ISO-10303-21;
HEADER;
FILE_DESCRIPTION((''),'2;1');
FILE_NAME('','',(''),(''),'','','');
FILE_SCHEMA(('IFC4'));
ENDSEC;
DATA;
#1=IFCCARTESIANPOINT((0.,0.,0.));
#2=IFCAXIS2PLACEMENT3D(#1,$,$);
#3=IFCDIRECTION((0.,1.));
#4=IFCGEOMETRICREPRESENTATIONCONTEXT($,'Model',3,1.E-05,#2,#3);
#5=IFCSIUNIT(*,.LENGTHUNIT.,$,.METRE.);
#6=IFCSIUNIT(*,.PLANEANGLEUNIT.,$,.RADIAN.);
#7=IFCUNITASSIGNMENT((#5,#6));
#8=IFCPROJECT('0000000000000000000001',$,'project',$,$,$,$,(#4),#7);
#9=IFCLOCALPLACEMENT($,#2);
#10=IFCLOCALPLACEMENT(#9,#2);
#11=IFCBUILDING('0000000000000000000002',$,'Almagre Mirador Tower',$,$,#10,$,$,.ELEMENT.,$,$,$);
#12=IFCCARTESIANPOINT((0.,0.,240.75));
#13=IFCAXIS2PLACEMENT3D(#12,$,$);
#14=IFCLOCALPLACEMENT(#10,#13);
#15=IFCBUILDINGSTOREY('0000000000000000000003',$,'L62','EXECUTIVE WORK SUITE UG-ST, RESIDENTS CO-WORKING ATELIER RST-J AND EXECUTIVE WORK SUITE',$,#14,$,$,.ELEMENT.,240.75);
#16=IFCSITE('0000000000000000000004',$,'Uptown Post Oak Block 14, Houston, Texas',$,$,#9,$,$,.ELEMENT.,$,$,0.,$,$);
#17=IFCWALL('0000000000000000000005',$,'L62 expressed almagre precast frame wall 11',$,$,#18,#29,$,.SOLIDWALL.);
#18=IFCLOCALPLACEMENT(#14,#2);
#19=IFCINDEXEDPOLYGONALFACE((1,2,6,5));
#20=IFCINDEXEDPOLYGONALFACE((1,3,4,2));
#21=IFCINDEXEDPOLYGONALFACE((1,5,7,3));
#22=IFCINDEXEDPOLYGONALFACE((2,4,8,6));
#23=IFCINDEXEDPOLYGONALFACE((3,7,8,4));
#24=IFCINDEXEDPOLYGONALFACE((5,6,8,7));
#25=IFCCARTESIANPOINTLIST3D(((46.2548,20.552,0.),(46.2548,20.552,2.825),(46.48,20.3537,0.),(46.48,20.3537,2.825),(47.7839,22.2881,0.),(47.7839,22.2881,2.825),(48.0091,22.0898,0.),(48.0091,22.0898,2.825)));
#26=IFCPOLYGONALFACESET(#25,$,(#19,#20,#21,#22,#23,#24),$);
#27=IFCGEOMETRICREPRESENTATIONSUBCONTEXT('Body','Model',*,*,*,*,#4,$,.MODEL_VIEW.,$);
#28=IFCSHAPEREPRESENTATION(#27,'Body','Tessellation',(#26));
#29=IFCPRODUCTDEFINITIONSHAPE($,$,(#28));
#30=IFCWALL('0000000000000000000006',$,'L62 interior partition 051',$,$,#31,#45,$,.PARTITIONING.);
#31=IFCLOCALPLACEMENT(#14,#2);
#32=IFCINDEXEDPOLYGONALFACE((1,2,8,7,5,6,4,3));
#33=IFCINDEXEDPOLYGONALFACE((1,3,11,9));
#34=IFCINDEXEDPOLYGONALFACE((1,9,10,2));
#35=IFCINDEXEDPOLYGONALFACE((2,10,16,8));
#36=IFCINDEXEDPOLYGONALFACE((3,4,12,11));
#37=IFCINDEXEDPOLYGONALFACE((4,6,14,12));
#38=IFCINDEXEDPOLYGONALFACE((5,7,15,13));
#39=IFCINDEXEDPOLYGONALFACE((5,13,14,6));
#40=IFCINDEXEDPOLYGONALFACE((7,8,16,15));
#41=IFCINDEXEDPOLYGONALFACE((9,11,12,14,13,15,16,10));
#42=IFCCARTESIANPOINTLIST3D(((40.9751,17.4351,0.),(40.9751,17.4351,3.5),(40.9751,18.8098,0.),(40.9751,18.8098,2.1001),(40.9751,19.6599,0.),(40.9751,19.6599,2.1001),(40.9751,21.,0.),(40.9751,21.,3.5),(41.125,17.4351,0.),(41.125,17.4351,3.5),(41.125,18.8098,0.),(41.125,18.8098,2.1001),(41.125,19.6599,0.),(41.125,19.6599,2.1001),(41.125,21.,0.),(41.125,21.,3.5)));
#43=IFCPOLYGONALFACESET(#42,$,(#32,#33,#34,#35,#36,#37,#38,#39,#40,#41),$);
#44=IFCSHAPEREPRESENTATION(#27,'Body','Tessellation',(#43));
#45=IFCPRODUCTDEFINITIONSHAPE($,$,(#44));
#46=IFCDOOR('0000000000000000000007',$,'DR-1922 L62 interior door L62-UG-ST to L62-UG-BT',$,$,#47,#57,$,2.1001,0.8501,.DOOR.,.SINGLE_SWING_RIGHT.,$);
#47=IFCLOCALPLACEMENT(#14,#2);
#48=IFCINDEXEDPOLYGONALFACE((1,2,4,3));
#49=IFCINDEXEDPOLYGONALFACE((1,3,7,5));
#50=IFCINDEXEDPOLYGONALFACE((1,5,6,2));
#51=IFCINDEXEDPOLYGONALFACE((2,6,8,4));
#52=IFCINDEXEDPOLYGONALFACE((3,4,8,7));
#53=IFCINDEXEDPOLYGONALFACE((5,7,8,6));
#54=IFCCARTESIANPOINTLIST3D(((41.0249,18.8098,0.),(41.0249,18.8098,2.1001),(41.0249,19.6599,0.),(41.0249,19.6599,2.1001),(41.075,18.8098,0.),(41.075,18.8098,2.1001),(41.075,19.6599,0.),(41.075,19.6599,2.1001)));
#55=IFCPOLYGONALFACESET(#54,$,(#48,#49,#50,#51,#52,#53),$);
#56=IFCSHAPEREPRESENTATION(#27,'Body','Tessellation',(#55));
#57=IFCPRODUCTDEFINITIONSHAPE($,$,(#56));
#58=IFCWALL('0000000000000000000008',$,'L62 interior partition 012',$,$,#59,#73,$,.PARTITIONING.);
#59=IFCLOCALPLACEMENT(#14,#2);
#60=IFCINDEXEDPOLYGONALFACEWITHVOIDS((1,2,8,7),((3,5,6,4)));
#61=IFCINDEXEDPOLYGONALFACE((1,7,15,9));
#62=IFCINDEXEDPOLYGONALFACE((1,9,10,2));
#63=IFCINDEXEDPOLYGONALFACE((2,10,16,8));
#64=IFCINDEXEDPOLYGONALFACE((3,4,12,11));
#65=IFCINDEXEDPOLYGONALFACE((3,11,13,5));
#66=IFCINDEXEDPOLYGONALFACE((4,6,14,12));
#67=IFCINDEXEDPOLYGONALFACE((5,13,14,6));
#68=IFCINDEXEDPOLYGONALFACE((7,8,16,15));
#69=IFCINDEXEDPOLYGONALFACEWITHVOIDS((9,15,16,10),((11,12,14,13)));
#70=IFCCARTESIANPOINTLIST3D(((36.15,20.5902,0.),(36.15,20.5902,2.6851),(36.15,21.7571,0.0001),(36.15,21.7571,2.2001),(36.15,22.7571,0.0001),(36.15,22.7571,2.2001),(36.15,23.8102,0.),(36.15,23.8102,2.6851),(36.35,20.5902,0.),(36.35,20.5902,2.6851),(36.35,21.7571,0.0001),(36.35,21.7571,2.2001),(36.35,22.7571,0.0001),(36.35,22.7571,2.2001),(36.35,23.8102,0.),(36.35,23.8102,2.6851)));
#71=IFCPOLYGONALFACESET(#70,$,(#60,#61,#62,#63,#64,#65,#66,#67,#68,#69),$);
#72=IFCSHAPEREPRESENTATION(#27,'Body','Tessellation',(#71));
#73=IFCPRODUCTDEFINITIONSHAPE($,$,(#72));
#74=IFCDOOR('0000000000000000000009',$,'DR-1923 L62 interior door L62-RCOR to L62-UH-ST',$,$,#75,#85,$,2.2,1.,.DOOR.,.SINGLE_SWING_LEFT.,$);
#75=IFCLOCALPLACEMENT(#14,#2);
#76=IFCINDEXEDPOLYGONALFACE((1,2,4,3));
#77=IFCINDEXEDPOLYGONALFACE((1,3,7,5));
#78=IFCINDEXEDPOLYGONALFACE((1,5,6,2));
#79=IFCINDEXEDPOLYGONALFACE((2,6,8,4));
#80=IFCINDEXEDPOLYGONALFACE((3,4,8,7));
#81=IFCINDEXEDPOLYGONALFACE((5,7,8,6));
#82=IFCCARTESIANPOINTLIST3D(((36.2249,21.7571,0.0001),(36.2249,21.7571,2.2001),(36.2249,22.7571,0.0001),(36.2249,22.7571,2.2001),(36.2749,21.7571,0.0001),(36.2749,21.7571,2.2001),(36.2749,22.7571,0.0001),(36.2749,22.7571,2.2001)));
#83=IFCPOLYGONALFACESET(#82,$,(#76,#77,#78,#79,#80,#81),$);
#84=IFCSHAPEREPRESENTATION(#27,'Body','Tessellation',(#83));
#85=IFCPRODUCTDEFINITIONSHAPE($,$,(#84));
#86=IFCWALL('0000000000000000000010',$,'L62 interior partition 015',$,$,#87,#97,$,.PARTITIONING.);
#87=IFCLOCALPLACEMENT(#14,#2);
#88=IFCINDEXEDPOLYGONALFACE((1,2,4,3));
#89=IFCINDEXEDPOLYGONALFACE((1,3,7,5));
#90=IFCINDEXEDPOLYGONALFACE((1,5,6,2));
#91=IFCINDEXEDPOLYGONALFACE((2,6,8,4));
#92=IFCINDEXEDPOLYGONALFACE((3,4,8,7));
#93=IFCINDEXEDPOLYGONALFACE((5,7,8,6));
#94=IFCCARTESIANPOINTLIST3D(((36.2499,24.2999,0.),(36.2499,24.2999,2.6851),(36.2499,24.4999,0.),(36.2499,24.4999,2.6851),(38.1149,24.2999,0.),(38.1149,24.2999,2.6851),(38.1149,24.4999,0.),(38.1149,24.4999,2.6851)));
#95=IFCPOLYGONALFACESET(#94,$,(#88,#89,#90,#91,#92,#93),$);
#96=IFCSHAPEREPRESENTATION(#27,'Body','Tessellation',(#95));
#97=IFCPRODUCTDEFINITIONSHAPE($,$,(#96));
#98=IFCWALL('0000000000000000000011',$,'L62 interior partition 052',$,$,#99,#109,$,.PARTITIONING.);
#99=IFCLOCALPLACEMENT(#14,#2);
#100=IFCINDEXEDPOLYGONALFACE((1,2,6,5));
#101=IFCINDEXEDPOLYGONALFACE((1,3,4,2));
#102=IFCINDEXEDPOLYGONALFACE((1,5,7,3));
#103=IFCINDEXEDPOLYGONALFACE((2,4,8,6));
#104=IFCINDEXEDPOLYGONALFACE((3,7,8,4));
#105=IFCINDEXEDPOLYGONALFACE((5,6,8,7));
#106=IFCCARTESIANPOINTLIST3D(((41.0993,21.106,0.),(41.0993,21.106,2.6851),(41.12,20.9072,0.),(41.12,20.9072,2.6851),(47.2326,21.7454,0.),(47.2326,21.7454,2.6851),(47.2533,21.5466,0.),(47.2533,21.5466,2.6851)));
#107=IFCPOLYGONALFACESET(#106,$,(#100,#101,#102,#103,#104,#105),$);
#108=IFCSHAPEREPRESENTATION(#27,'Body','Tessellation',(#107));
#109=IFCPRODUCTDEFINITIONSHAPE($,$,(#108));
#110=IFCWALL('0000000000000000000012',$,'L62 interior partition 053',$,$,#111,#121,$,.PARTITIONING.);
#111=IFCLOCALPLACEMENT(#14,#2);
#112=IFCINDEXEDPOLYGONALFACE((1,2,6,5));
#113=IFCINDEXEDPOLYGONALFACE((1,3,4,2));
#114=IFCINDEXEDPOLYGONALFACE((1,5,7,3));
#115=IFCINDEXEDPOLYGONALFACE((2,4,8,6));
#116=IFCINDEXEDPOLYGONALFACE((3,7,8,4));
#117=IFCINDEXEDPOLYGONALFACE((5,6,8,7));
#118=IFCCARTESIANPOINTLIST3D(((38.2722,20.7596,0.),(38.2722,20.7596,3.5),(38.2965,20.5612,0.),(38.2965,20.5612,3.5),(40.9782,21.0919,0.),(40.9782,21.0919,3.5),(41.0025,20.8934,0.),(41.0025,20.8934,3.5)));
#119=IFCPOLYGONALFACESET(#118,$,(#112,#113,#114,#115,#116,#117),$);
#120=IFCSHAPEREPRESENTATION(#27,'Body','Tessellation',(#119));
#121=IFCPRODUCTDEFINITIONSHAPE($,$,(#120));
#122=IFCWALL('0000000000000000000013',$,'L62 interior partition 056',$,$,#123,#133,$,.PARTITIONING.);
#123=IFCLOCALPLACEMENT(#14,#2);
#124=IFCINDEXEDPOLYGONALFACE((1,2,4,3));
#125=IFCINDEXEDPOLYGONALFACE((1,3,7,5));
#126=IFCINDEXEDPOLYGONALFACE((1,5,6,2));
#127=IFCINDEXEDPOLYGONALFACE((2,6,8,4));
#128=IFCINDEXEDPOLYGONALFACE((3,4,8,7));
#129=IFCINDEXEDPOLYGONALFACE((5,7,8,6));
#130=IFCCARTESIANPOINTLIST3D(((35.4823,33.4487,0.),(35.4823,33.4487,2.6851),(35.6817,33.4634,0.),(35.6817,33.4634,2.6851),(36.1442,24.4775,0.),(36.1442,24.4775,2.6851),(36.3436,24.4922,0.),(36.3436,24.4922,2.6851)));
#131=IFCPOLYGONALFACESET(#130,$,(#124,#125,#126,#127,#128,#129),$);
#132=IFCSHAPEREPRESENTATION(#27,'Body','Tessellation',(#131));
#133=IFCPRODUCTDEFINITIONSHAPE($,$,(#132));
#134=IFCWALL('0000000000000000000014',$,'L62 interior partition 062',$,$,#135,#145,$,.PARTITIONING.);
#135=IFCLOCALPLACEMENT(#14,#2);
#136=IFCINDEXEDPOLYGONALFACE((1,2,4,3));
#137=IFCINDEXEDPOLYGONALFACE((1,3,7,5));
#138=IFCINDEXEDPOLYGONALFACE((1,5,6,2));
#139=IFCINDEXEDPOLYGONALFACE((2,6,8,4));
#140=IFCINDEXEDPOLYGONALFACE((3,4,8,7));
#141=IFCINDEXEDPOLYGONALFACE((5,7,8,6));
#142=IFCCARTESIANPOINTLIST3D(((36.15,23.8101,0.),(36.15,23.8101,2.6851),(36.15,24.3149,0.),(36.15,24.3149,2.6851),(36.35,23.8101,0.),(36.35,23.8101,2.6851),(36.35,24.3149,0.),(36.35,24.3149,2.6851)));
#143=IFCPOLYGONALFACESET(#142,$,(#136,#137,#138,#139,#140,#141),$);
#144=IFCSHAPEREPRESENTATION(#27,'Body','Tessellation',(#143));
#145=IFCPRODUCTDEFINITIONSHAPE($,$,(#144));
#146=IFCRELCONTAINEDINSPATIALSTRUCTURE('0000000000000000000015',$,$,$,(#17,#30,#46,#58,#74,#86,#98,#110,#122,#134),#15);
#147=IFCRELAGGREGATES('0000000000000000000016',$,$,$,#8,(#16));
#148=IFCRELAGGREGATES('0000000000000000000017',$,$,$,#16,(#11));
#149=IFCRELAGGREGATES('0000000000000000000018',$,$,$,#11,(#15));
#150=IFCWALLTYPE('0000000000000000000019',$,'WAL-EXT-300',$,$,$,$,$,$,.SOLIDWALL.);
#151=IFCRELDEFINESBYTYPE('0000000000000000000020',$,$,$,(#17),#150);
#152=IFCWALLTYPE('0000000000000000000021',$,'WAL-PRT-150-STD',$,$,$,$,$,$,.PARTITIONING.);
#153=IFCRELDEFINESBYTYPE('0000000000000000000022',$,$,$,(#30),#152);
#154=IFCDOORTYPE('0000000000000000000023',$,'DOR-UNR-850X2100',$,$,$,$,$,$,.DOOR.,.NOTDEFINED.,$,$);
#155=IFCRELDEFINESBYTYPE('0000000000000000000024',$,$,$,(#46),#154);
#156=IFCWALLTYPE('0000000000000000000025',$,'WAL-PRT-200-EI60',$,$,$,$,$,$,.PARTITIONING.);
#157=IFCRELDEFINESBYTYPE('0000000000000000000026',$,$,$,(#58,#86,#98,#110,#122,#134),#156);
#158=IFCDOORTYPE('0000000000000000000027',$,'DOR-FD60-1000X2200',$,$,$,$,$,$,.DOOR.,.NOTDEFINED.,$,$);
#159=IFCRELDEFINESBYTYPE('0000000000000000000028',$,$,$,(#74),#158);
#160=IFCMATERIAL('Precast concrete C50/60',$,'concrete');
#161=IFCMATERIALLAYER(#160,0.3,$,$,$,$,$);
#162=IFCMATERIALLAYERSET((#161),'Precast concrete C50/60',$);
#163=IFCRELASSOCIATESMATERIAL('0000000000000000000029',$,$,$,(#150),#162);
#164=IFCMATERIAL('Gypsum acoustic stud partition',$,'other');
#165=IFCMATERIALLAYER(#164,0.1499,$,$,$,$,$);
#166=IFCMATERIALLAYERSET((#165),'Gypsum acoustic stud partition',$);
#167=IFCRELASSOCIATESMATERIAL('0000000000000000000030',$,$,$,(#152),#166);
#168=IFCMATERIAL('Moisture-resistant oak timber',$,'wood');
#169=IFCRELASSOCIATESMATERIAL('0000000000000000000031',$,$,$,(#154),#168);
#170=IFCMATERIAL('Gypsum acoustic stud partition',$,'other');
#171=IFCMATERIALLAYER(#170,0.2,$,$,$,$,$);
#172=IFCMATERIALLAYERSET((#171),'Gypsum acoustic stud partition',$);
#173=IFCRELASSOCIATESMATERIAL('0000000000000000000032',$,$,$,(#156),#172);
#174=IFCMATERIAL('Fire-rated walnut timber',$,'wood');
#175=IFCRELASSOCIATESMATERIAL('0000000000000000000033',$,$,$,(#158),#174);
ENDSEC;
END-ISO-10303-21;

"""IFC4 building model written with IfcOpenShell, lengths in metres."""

from ifc_helpers import new_model, si_unit, direction, frame, frame_2d, origin, place, context, subcontext, project, spatial, rectangle, extrude, material, layer, layer_set, type_object, element, fill, save


model = new_model("IFC4")

# Units and contexts
model_context = context("Model", 3, precision=1e-05, world=origin(), true_north=direction((0.0, 1.0)))
body_context = subcontext(model_context, "Body", "Model", "MODEL_VIEW")
ifc_project = project(units=[si_unit("LENGTHUNIT", "METRE"), si_unit("PLANEANGLEUNIT", "RADIAN")], contexts=[model_context])

# Site, building, storey
site_placement = place(None, origin())
site = spatial("IfcSite", under=ifc_project, at=site_placement, Name="Uptown Post Oak Block 14, Houston, Texas", CompositionType="ELEMENT", RefElevation=0.0)
building_placement = place(site_placement, origin())
building = spatial("IfcBuilding", under=site, at=building_placement, Name="Almagre Mirador Tower", CompositionType="ELEMENT")
storey_placement = place(building_placement, frame((0.0, 0.0, 240.75)))
storey = spatial("IfcBuildingStorey", under=building, at=storey_placement, Name="L62", Description="EXECUTIVE WORK SUITE UG-ST, RESIDENTS CO-WORKING ATELIER RST-J AND EXECUTIVE WORK SUITE", CompositionType="ELEMENT", Elevation=240.75)

# Wall
ifc_material_1 = material(Name="Precast concrete C50/60", Category="concrete")
ifc_layer_1 = layer(ifc_material_1, 0.3)
ifc_layer_set_1 = layer_set([ifc_layer_1], Name="Precast concrete C50/60")
wall_type_1 = type_object("IfcWallType", Name="WAL-EXT-300", PredefinedType="SOLIDWALL", material=ifc_layer_set_1)
wall_1_placement = place(storey_placement, frame((47.8965, 22.189, 0.0), z_axis=(0.0, 0.0, 1.0), x_axis=(-0.660944, -0.750435, 0.0)))
element("IfcWall", 1, at=wall_1_placement, inside=storey, type_object=wall_type_1, Name="L62 expressed almagre precast frame wall 11", PredefinedType="SOLIDWALL", context=body_context, shape_type="SweptSolid", body=[
    extrude(rectangle(XDim=2.3135, YDim=0.3, at=frame_2d((1.1567, 0.0))), origin(), (0.0, 0.0, 1.0), 2.825),
])

# Walls, openings, doors
ifc_material_2 = material(Name="Gypsum acoustic stud partition", Category="other")
ifc_layer_2 = layer(ifc_material_2, 0.1499)
ifc_layer_set_2 = layer_set([ifc_layer_2], Name="Gypsum acoustic stud partition")
wall_type_2 = type_object("IfcWallType", Name="WAL-PRT-150-STD", PredefinedType="PARTITIONING", material=ifc_layer_set_2)
wall_2_placement = place(storey_placement, frame((41.05, 21.0, 0.0), z_axis=(0.0, 0.0, 1.0), x_axis=(0.0, -1.0, 0.0)))
wall_2 = element("IfcWall", 2, at=wall_2_placement, inside=storey, type_object=wall_type_2, Name="L62 interior partition 051", PredefinedType="PARTITIONING", context=body_context, shape_type="SweptSolid", body=[
    extrude(rectangle(XDim=3.5649, YDim=0.1499, at=frame_2d((1.7825, 0.0))), origin(), (0.0, 0.0, 1.0), 3.5),
])
opening_1_placement = place(wall_2_placement, frame((1.3401, 0.0, 0.0)))
opening_1 = element("IfcOpeningElement", 3, at=opening_1_placement, cuts=wall_2, PredefinedType="OPENING", context=body_context, shape_type="SweptSolid", body=[
    extrude(rectangle(XDim=0.8501, YDim=2.1001, at=frame_2d((0.425, 1.05))), frame((0.0, 0.085, 0.0), z_axis=(0.0, -1.0, 0.0), x_axis=(1.0, 0.0, 0.0)), (0.0, 0.0, 1.0), 0.1699),
])
ifc_material_3 = material(Name="Moisture-resistant oak timber", Category="wood")
door_type_1 = type_object("IfcDoorType", Name="DOR-UNR-850X2100", OperationType="NOTDEFINED", PredefinedType="DOOR", material=ifc_material_3)
door_1_placement = place(opening_1_placement, origin())
door_1 = element("IfcDoor", 4, at=door_1_placement, inside=storey, type_object=door_type_1, Name="DR-1922 L62 interior door L62-UG-ST to L62-UG-BT", OperationType="SINGLE_SWING_RIGHT", OverallHeight=2.1001, OverallWidth=0.8501, PredefinedType="DOOR", context=body_context, shape_type="SweptSolid", body=[
    extrude(rectangle(XDim=0.8501, YDim=2.1001, at=frame_2d((0.425, 1.05))), frame((0.0, 0.0249, 0.0), z_axis=(0.0, -1.0, 0.0), x_axis=(1.0, 0.0, 0.0)), (0.0, 0.0, 1.0), 0.05),
])
fill(opening_1, door_1)
ifc_material_4 = material(Name="Gypsum acoustic stud partition", Category="other")
ifc_layer_3 = layer(ifc_material_4, 0.2)
ifc_layer_set_3 = layer_set([ifc_layer_3], Name="Gypsum acoustic stud partition")
wall_type_3 = type_object("IfcWallType", Name="WAL-PRT-200-EI60", PredefinedType="PARTITIONING", material=ifc_layer_set_3)
wall_3_placement = place(storey_placement, frame((36.25, 23.8101, 0.0), z_axis=(0.0, 0.0, 1.0), x_axis=(0.0, -1.0, 0.0)))
wall_3 = element("IfcWall", 5, at=wall_3_placement, inside=storey, type_object=wall_type_3, Name="L62 interior partition 012", PredefinedType="PARTITIONING", context=body_context, shape_type="SweptSolid", body=[
    extrude(rectangle(XDim=3.22, YDim=0.2, at=frame_2d((1.6099, 0.0))), origin(), (0.0, 0.0, 1.0), 2.6851),
])
opening_2_placement = place(wall_3_placement, frame((1.053, 0.0, 0.0)))
opening_2 = element("IfcOpeningElement", 6, at=opening_2_placement, cuts=wall_3, PredefinedType="OPENING", context=body_context, shape_type="SweptSolid", body=[
    extrude(rectangle(XDim=1.0, YDim=2.2, at=frame_2d((0.5, 1.1001))), frame((0.0, 0.1101, 0.0), z_axis=(0.0, -1.0, 0.0), x_axis=(1.0, 0.0, 0.0)), (0.0, 0.0, 1.0), 0.22),
])
ifc_material_5 = material(Name="Fire-rated walnut timber", Category="wood")
door_type_2 = type_object("IfcDoorType", Name="DOR-FD60-1000X2200", OperationType="NOTDEFINED", PredefinedType="DOOR", material=ifc_material_5)
door_2_placement = place(opening_2_placement, origin())
door_2 = element("IfcDoor", 7, at=door_2_placement, inside=storey, type_object=door_type_2, Name="DR-1923 L62 interior door L62-RCOR to L62-UH-ST", OperationType="SINGLE_SWING_LEFT", OverallHeight=2.2, OverallWidth=1.0, PredefinedType="DOOR", context=body_context, shape_type="SweptSolid", body=[
    extrude(rectangle(XDim=1.0, YDim=2.2, at=frame_2d((0.5, 1.1001))), frame((0.0, 0.0249, 0.0), z_axis=(0.0, -1.0, 0.0), x_axis=(1.0, 0.0, 0.0)), (0.0, 0.0, 1.0), 0.05),
])
fill(opening_2, door_2)

# Walls
wall_4_placement = place(storey_placement, frame((38.115, 24.3999, 0.0), z_axis=(0.0, 0.0, 1.0), x_axis=(-1.0, 0.0, 0.0)))
element("IfcWall", 8, at=wall_4_placement, inside=storey, type_object=wall_type_3, Name="L62 interior partition 015", PredefinedType="PARTITIONING", context=body_context, shape_type="SweptSolid", body=[
    extrude(rectangle(XDim=1.865, YDim=0.2, at=frame_2d((0.9326, 0.0))), origin(), (0.0, 0.0, 1.0), 2.6851),
])
wall_5_placement = place(storey_placement, frame((47.2429, 21.646, 0.0), z_axis=(0.0, 0.0, 1.0), x_axis=(-0.99461, -0.103689, 0.0)))
element("IfcWall", 9, at=wall_5_placement, inside=storey, type_object=wall_type_3, Name="L62 interior partition 052", PredefinedType="PARTITIONING", context=body_context, shape_type="SweptSolid", body=[
    extrude(rectangle(XDim=6.1665, YDim=0.2, at=frame_2d((3.0833, 0.0))), origin(), (0.0, 0.0, 1.0), 2.6851),
])
wall_6_placement = place(storey_placement, frame((40.9905, 20.9927, 0.0), z_axis=(0.0, 0.0, 1.0), x_axis=(-0.992546, -0.121874, 0.0)))
element("IfcWall", 10, at=wall_6_placement, inside=storey, type_object=wall_type_3, Name="L62 interior partition 053", PredefinedType="PARTITIONING", context=body_context, shape_type="SweptSolid", body=[
    extrude(rectangle(XDim=2.7263, YDim=0.2, at=frame_2d((1.3633, 0.0))), origin(), (0.0, 0.0, 1.0), 3.5),
])
wall_7_placement = place(storey_placement, frame((36.2439, 24.4849, 0.0), z_axis=(0.0, 0.0, 1.0), x_axis=(-0.073577, 0.99729, 0.0)))
element("IfcWall", 11, at=wall_7_placement, inside=storey, type_object=wall_type_3, Name="L62 interior partition 056", PredefinedType="PARTITIONING", context=body_context, shape_type="SweptSolid", body=[
    extrude(rectangle(XDim=8.9956, YDim=0.2, at=frame_2d((4.4978, 0.0))), origin(), (0.0, 0.0, 1.0), 2.6851),
])
wall_8_placement = place(storey_placement, frame((36.25, 24.3149, 0.0), z_axis=(0.0, 0.0, 1.0), x_axis=(0.0, -1.0, 0.0)))
element("IfcWall", 12, at=wall_8_placement, inside=storey, type_object=wall_type_3, Name="L62 interior partition 062", PredefinedType="PARTITIONING", context=body_context, shape_type="SweptSolid", body=[
    extrude(rectangle(XDim=0.5049, YDim=0.2, at=frame_2d((0.2524, 0.0))), origin(), (0.0, 0.0, 1.0), 2.6851),
])

save(model, "model.ifc")
